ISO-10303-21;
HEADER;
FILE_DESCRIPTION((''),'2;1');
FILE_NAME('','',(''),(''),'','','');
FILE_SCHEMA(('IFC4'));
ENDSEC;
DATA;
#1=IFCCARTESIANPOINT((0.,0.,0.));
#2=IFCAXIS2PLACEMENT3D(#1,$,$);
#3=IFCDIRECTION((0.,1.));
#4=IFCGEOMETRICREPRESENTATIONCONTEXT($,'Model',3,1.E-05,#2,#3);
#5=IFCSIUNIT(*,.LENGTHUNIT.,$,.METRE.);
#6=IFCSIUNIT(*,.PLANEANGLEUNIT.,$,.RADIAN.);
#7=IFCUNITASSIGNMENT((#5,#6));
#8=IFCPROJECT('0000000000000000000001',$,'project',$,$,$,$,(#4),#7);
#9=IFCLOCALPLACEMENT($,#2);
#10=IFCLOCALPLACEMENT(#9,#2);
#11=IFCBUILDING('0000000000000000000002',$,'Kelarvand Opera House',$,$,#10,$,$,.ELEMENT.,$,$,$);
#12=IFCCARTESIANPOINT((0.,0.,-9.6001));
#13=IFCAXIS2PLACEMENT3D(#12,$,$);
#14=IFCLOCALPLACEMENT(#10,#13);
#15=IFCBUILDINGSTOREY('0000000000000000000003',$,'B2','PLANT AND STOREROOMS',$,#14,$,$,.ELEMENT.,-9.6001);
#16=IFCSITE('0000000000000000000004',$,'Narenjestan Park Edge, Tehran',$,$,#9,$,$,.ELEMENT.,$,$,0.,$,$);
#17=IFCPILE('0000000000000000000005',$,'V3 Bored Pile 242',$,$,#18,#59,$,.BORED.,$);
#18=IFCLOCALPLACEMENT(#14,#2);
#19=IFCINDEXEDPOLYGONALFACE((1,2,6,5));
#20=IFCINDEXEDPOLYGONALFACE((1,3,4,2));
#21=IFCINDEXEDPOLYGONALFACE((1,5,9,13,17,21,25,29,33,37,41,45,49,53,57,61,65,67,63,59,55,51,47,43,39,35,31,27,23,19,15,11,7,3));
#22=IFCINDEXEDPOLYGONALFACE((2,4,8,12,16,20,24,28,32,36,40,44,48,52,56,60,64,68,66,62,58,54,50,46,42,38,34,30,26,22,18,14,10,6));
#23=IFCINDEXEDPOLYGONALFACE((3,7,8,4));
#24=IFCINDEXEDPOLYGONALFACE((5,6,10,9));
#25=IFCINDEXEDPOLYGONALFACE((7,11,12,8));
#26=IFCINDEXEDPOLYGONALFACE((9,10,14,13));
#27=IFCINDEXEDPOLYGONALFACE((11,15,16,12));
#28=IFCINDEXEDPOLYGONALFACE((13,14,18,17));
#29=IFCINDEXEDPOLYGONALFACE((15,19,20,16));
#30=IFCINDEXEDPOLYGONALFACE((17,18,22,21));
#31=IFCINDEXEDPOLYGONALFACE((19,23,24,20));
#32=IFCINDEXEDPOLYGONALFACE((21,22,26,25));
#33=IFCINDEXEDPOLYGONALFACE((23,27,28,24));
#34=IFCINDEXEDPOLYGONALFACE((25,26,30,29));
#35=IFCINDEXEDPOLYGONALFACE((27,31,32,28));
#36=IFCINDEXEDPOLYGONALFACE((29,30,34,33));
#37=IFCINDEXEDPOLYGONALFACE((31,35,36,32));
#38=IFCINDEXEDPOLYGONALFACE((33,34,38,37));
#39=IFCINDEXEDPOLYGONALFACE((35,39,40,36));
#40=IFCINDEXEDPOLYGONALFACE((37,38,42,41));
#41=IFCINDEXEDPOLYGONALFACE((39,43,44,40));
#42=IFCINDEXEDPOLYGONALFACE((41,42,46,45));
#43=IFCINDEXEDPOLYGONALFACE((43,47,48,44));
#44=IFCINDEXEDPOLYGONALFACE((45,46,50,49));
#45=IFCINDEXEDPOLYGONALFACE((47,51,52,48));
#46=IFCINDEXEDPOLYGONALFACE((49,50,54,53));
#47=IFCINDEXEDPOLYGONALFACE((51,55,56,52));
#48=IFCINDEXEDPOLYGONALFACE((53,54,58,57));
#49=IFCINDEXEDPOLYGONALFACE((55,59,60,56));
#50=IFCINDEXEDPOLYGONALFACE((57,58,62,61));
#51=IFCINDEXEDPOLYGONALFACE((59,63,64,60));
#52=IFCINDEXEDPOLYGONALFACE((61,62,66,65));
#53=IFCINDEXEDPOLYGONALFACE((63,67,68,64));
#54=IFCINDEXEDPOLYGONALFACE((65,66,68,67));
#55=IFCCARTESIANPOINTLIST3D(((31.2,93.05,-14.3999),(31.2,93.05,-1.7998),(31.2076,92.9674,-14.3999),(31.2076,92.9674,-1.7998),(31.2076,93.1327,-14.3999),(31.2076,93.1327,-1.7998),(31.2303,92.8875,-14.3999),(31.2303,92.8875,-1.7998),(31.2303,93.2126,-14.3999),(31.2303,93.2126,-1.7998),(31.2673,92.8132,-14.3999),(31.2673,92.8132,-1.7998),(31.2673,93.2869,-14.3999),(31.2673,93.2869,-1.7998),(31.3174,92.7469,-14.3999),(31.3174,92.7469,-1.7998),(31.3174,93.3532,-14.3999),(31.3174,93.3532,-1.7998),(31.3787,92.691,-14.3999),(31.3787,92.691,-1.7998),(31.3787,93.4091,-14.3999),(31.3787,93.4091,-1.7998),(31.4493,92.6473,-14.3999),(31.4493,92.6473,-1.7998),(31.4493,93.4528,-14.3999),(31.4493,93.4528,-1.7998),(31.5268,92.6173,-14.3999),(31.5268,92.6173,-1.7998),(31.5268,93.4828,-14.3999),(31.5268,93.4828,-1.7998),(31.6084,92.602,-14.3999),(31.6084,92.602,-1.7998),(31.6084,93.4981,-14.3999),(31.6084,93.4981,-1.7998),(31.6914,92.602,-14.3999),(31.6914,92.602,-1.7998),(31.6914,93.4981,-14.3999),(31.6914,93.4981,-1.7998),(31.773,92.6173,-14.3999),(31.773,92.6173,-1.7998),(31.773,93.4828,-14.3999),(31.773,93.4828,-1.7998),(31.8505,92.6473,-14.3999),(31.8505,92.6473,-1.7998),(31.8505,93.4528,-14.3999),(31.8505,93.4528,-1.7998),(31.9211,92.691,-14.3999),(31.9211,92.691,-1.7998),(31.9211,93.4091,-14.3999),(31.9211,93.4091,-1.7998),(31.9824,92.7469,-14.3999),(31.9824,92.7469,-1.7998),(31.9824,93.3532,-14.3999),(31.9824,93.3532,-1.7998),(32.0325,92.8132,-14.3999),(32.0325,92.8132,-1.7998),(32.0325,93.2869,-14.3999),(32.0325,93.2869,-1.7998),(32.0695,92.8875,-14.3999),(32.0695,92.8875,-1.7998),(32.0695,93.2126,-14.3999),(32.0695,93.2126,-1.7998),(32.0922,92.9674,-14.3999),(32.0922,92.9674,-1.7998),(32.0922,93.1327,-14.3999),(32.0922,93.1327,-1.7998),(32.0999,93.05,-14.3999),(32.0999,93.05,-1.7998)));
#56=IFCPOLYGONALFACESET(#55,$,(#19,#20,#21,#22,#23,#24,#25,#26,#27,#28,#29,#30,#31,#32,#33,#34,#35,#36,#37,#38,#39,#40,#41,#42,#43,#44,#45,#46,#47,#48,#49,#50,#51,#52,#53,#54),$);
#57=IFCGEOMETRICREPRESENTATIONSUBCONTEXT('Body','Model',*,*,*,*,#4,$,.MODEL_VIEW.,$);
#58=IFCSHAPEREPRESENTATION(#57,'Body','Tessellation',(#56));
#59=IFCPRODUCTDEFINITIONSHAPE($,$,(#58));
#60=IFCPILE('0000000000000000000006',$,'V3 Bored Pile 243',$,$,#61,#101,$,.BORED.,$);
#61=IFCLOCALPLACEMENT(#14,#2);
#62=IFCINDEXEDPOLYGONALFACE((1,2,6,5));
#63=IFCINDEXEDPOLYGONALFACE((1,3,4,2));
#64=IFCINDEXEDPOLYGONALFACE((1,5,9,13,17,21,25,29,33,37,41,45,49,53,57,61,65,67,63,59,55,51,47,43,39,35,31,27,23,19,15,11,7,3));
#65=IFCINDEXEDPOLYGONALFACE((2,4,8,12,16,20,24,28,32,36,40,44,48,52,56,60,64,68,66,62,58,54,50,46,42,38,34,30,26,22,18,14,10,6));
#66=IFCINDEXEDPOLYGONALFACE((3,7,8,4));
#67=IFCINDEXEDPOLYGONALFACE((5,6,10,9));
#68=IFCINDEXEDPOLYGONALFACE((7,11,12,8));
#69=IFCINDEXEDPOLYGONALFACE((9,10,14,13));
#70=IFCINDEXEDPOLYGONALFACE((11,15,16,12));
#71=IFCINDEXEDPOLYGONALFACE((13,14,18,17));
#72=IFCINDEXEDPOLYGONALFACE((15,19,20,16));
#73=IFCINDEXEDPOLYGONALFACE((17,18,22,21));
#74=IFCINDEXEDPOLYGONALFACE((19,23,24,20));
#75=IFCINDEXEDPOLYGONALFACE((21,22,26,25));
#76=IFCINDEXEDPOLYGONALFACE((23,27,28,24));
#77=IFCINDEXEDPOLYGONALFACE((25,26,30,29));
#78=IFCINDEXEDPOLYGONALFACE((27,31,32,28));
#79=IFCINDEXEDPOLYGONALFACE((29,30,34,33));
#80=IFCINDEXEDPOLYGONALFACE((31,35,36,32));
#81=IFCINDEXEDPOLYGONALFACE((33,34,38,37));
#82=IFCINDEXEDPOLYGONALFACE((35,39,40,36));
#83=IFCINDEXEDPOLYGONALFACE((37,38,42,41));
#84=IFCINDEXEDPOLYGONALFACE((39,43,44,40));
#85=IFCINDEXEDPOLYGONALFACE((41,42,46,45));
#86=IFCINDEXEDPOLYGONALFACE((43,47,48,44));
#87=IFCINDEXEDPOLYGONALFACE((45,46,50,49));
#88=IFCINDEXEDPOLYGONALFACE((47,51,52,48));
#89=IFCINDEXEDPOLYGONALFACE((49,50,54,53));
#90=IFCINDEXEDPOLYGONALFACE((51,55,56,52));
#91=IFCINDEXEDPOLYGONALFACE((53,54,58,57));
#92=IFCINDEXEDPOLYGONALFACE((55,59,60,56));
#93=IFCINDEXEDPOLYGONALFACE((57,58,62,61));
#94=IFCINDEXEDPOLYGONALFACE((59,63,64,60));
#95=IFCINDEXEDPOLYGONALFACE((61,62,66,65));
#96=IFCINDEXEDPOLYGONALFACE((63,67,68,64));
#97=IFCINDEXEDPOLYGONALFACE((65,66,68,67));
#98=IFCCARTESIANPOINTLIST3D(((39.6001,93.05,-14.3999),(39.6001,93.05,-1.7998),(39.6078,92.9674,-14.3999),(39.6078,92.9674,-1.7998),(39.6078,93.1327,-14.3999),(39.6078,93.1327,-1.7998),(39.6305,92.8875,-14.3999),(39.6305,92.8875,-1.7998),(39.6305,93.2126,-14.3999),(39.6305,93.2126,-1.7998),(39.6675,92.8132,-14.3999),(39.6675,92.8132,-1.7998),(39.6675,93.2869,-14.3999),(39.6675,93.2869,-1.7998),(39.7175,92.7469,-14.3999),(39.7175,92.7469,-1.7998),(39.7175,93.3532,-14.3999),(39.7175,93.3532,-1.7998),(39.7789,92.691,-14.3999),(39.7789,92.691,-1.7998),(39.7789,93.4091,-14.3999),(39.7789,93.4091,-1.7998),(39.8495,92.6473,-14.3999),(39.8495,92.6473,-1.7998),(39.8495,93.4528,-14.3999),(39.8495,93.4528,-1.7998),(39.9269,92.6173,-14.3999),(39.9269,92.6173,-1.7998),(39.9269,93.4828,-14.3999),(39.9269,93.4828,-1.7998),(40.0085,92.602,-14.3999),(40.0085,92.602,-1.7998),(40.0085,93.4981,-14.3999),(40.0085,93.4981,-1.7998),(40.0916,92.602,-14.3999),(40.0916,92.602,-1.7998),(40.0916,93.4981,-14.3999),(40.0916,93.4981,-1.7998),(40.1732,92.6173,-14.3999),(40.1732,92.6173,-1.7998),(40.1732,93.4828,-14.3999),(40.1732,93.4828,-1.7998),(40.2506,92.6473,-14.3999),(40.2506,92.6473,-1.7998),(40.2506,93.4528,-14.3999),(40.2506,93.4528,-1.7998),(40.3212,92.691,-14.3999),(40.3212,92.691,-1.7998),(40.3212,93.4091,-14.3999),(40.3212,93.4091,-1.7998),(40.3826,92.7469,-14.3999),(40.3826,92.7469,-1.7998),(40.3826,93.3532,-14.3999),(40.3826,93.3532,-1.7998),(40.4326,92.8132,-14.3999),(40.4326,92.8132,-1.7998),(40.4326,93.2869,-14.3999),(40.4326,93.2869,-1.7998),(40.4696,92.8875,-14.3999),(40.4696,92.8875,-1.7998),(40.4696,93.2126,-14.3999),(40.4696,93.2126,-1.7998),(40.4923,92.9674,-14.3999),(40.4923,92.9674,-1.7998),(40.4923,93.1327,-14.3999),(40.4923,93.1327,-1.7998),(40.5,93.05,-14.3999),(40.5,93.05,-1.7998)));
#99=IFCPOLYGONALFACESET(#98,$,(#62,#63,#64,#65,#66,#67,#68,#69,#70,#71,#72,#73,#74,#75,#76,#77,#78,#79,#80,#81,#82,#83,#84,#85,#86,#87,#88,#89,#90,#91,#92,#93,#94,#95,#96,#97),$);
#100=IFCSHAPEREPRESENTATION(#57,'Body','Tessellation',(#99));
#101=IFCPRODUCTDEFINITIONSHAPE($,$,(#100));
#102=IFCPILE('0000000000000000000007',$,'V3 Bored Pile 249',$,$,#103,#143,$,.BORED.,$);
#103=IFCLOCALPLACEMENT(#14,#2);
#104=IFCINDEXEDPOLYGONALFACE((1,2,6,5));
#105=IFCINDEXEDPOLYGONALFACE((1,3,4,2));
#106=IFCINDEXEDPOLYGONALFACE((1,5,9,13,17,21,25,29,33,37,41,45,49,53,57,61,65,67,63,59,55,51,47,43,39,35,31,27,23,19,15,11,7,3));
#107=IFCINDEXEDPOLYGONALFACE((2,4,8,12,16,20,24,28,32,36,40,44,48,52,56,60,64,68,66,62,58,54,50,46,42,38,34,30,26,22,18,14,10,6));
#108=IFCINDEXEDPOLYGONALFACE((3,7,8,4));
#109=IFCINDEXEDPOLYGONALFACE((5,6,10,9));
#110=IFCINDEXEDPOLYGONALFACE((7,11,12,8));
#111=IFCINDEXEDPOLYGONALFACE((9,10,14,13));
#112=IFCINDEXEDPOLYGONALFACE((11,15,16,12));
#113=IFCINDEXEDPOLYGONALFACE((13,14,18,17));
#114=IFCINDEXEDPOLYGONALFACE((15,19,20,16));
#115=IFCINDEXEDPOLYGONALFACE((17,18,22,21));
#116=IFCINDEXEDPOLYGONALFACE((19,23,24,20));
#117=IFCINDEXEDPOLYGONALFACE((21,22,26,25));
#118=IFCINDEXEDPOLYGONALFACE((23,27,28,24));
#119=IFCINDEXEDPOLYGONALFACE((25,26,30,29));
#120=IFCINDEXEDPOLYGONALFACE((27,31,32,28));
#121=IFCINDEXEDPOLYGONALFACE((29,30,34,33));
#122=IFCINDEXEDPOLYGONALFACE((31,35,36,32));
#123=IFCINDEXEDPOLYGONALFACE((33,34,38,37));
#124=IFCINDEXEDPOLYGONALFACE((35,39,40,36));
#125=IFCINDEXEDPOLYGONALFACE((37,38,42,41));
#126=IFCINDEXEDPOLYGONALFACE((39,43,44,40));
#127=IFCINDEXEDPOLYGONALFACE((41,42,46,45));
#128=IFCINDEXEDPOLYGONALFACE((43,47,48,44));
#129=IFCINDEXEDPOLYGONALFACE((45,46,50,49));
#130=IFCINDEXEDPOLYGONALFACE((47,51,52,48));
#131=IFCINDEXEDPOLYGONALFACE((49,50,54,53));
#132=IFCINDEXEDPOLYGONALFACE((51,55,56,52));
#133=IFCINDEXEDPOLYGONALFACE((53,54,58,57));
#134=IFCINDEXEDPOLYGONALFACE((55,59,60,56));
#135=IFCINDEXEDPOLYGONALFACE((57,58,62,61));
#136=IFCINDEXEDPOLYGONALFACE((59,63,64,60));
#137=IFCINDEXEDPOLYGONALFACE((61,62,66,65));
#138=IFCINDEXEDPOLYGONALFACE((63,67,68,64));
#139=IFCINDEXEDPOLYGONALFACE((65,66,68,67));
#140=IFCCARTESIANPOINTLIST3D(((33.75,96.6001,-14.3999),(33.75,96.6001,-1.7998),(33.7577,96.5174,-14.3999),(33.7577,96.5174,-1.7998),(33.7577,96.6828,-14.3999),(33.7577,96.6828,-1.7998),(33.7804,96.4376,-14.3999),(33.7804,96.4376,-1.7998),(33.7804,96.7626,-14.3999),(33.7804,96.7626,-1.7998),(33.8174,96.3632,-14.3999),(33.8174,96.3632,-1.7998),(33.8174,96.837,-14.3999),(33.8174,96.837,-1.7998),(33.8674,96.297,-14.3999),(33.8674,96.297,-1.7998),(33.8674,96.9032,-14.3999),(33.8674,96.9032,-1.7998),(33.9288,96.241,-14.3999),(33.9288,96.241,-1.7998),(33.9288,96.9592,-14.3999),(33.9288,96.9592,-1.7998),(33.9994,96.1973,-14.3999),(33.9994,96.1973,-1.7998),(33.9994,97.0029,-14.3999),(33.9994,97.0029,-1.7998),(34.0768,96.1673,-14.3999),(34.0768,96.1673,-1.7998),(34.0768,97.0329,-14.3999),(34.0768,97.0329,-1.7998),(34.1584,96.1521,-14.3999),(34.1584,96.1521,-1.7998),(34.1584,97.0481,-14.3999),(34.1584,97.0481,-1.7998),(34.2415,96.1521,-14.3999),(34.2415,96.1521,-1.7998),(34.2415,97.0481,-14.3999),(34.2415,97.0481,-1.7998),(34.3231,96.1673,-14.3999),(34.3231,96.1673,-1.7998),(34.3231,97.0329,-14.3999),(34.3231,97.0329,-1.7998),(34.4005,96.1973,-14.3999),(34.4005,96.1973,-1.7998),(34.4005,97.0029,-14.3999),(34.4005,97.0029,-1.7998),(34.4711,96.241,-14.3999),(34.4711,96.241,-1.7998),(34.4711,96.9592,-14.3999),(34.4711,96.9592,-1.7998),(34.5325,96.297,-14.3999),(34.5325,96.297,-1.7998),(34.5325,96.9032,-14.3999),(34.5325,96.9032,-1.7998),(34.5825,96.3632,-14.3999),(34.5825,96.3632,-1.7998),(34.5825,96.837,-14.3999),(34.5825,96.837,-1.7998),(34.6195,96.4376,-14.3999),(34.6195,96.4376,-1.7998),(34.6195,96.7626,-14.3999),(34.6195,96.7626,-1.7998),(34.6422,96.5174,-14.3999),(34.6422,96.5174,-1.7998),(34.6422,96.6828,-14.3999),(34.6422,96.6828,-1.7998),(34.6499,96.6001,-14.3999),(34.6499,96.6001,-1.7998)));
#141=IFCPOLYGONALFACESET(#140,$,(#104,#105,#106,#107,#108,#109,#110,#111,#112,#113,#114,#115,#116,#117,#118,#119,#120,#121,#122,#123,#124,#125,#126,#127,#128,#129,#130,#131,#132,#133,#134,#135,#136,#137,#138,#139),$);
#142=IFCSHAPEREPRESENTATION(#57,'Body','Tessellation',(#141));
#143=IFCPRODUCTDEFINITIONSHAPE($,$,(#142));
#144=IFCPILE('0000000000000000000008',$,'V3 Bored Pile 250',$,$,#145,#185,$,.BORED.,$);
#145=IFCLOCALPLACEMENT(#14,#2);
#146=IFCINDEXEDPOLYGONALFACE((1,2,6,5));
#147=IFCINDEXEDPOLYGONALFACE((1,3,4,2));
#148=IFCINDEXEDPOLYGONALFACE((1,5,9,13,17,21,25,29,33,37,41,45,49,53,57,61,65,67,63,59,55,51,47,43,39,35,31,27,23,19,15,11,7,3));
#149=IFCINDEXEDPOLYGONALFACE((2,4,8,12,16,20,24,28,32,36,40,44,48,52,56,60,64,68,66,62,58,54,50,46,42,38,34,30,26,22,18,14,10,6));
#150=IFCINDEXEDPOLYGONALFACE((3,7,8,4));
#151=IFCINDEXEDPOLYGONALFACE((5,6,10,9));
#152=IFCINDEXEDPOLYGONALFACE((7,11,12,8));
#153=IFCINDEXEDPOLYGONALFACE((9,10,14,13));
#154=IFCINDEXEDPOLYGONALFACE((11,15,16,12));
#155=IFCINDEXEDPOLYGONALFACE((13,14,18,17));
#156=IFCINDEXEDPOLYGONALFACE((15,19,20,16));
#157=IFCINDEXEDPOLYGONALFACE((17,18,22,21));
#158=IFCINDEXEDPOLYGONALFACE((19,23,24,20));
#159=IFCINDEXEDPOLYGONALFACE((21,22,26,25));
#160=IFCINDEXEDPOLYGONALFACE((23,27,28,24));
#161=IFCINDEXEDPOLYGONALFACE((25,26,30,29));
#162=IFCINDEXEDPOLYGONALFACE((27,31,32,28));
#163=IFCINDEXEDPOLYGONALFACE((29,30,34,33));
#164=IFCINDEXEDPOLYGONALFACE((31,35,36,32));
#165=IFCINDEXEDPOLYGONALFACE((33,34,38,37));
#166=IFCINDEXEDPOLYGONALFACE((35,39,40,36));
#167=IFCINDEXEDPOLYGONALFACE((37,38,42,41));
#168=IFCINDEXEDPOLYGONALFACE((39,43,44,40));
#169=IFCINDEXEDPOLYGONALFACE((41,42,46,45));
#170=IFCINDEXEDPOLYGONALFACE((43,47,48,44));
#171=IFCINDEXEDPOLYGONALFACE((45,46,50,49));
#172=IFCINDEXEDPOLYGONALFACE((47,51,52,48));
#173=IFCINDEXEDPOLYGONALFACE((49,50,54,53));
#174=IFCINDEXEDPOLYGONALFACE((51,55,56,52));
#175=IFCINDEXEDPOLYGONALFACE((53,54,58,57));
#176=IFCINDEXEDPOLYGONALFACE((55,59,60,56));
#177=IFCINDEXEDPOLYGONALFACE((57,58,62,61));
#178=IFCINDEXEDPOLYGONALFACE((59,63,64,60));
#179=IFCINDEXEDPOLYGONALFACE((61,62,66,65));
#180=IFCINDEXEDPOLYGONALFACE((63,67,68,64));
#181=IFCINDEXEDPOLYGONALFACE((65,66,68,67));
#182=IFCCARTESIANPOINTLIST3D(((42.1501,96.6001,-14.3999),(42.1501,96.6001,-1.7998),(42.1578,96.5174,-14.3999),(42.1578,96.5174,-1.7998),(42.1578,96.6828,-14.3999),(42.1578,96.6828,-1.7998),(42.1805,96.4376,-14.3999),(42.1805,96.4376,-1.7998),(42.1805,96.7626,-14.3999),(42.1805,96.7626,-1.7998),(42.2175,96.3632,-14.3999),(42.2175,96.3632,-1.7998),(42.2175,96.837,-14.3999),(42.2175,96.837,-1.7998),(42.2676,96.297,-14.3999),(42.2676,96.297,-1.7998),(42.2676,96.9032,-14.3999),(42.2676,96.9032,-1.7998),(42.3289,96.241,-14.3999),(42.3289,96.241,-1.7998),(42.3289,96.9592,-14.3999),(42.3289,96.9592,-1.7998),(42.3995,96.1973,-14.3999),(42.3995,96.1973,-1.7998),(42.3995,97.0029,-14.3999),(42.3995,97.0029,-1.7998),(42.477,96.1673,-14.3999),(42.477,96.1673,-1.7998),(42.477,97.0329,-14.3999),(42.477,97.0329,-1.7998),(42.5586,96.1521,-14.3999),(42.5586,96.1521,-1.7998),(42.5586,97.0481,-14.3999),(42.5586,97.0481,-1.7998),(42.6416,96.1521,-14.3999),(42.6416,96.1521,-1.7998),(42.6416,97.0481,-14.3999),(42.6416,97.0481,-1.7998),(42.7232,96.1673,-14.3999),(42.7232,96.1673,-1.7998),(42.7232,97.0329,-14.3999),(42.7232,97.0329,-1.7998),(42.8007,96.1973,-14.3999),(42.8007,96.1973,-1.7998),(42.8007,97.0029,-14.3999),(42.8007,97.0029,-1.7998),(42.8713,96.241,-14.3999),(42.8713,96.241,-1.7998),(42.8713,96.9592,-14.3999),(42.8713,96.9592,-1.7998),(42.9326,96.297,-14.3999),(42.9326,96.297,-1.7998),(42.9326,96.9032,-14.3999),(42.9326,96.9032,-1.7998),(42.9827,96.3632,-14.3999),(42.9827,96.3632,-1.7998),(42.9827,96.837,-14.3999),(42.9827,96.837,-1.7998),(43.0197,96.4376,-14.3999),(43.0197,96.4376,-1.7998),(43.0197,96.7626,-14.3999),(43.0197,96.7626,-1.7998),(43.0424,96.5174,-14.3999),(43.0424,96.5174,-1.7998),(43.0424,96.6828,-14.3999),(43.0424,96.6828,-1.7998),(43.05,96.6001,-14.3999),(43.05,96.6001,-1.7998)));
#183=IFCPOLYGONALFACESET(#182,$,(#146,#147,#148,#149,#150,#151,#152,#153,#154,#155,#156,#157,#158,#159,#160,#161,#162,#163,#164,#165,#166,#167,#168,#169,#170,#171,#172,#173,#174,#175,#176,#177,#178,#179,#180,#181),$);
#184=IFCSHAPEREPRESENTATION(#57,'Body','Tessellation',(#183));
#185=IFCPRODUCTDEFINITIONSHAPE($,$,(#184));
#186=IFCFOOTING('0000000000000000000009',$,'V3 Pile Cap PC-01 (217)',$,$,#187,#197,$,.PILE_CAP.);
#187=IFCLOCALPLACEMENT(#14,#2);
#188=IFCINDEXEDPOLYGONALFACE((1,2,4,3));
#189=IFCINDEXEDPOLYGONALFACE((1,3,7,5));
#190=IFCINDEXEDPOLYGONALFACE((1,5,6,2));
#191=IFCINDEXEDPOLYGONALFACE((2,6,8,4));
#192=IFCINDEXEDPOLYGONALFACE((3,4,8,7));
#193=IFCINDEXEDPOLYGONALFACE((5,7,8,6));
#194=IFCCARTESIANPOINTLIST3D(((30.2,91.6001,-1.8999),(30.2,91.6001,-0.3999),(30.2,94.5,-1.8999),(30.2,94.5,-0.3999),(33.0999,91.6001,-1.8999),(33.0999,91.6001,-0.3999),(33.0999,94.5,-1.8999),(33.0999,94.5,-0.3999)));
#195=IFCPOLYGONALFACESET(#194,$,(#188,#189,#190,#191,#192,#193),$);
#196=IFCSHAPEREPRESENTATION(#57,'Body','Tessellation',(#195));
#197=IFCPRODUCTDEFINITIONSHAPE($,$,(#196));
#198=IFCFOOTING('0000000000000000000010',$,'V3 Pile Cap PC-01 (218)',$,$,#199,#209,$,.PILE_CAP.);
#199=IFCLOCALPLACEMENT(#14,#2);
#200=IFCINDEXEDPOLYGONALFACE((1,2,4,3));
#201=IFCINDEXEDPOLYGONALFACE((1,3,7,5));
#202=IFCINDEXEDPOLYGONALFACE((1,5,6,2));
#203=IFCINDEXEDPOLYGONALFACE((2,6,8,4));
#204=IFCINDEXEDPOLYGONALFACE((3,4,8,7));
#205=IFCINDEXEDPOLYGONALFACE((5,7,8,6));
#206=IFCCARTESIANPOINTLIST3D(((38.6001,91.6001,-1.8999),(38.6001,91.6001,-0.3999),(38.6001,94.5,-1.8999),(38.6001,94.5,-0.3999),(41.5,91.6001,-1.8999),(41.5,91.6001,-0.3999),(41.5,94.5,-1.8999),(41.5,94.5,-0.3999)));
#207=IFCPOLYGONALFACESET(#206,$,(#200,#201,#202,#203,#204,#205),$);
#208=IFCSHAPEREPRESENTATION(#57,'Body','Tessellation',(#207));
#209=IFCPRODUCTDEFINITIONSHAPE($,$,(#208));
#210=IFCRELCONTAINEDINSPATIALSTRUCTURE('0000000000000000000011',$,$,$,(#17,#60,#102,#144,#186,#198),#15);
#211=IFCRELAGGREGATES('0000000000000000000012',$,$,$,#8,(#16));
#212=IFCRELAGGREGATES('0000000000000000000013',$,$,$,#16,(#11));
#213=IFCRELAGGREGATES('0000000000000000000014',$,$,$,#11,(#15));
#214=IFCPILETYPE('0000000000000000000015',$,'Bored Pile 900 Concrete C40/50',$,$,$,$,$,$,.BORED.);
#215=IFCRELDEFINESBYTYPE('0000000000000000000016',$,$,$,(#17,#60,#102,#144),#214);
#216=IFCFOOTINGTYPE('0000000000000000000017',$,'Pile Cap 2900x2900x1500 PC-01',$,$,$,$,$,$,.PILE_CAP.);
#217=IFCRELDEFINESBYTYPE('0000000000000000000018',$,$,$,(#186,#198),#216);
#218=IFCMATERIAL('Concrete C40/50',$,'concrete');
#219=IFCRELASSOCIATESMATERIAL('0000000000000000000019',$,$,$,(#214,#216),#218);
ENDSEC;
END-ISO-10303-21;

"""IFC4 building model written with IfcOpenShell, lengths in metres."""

from ifc_helpers import new_model, si_unit, direction, frame, origin, origin_2d, place, context, subcontext, project, spatial, rectangle, circle, extrude, material, material_profile, profile_set, type_object, element, save


model = new_model("IFC4")

# Units and contexts
model_context = context("Model", 3, precision=1e-05, world=origin(), true_north=direction((0.0, 1.0)))
body_context = subcontext(model_context, "Body", "Model", "MODEL_VIEW")
ifc_project = project(units=[si_unit("LENGTHUNIT", "METRE"), si_unit("PLANEANGLEUNIT", "RADIAN")], contexts=[model_context])

# Site, building, storey
site_placement = place(None, origin())
site = spatial("IfcSite", under=ifc_project, at=site_placement, Name="Narenjestan Park Edge, Tehran", CompositionType="ELEMENT", RefElevation=0.0)
building_placement = place(site_placement, origin())
building = spatial("IfcBuilding", under=site, at=building_placement, Name="Kelarvand Opera House", CompositionType="ELEMENT")
storey_placement = place(building_placement, frame((0.0, 0.0, -9.6001)))
storey = spatial("IfcBuildingStorey", under=building, at=storey_placement, Name="B2", Description="PLANT AND STOREROOMS", CompositionType="ELEMENT", Elevation=-9.6001)

# Piles
ifc_material_1 = material(Name="Concrete C40/50", Category="concrete")
ifc_material_profile_1 = material_profile(ifc_material_1, circle(Radius=0.45, at=origin_2d()), Name="BP 900", Category="concrete")
ifc_profile_set_1 = profile_set([ifc_material_profile_1], Name="Concrete C40/50")
pile_type = type_object("IfcPileType", Name="Bored Pile 900 Concrete C40/50", PredefinedType="BORED", material=ifc_profile_set_1)
for number, where, z_axis, x_axis, name in (
    (1, (31.6499, 93.05, -1.7998), (0.0, 0.0, -1.0), (1.0, 0.0, 0.0), "V3 Bored Pile 242"),
    (2, (40.05, 93.05, -1.7998), (0.0, 0.0, -1.0), (1.0, 0.0, 0.0), "V3 Bored Pile 243"),
    (3, (34.2, 96.6001, -1.7998), (0.0, 0.0, -1.0), (1.0, 0.0, 0.0), "V3 Bored Pile 249"),
    (4, (42.6001, 96.6001, -1.7998), (0.0, 0.0, -1.0), (1.0, 0.0, 0.0), "V3 Bored Pile 250"),
):
    element("IfcPile", number, at=place(storey_placement, frame(where, z_axis=z_axis, x_axis=x_axis)), inside=storey, type_object=pile_type, Name=name, PredefinedType="BORED", context=body_context, shape_type="SweptSolid", body=[
        extrude(circle(Radius=0.45, at=origin_2d()), origin(), (0.0, 0.0, 1.0), 12.6001),
    ])

# Footings
footing_type = type_object("IfcFootingType", Name="Pile Cap 2900x2900x1500 PC-01", PredefinedType="PILE_CAP", material=ifc_material_1)
for number, where, z_axis, x_axis, name in (
    (5, (31.6499, 93.05, -1.8999), (0.0, 0.0, 1.0), (1.0, 0.0, 0.0), "V3 Pile Cap PC-01 (217)"),
    (6, (40.05, 93.05, -1.8999), (0.0, 0.0, 1.0), (1.0, 0.0, 0.0), "V3 Pile Cap PC-01 (218)"),
):
    element("IfcFooting", number, at=place(storey_placement, frame(where, z_axis=z_axis, x_axis=x_axis)), inside=storey, type_object=footing_type, Name=name, PredefinedType="PILE_CAP", context=body_context, shape_type="SweptSolid", body=[
        extrude(rectangle(XDim=2.8999, YDim=2.8999, at=origin_2d()), origin(), (0.0, 0.0, 1.0), 1.5),
    ])

save(model, "model.ifc")
